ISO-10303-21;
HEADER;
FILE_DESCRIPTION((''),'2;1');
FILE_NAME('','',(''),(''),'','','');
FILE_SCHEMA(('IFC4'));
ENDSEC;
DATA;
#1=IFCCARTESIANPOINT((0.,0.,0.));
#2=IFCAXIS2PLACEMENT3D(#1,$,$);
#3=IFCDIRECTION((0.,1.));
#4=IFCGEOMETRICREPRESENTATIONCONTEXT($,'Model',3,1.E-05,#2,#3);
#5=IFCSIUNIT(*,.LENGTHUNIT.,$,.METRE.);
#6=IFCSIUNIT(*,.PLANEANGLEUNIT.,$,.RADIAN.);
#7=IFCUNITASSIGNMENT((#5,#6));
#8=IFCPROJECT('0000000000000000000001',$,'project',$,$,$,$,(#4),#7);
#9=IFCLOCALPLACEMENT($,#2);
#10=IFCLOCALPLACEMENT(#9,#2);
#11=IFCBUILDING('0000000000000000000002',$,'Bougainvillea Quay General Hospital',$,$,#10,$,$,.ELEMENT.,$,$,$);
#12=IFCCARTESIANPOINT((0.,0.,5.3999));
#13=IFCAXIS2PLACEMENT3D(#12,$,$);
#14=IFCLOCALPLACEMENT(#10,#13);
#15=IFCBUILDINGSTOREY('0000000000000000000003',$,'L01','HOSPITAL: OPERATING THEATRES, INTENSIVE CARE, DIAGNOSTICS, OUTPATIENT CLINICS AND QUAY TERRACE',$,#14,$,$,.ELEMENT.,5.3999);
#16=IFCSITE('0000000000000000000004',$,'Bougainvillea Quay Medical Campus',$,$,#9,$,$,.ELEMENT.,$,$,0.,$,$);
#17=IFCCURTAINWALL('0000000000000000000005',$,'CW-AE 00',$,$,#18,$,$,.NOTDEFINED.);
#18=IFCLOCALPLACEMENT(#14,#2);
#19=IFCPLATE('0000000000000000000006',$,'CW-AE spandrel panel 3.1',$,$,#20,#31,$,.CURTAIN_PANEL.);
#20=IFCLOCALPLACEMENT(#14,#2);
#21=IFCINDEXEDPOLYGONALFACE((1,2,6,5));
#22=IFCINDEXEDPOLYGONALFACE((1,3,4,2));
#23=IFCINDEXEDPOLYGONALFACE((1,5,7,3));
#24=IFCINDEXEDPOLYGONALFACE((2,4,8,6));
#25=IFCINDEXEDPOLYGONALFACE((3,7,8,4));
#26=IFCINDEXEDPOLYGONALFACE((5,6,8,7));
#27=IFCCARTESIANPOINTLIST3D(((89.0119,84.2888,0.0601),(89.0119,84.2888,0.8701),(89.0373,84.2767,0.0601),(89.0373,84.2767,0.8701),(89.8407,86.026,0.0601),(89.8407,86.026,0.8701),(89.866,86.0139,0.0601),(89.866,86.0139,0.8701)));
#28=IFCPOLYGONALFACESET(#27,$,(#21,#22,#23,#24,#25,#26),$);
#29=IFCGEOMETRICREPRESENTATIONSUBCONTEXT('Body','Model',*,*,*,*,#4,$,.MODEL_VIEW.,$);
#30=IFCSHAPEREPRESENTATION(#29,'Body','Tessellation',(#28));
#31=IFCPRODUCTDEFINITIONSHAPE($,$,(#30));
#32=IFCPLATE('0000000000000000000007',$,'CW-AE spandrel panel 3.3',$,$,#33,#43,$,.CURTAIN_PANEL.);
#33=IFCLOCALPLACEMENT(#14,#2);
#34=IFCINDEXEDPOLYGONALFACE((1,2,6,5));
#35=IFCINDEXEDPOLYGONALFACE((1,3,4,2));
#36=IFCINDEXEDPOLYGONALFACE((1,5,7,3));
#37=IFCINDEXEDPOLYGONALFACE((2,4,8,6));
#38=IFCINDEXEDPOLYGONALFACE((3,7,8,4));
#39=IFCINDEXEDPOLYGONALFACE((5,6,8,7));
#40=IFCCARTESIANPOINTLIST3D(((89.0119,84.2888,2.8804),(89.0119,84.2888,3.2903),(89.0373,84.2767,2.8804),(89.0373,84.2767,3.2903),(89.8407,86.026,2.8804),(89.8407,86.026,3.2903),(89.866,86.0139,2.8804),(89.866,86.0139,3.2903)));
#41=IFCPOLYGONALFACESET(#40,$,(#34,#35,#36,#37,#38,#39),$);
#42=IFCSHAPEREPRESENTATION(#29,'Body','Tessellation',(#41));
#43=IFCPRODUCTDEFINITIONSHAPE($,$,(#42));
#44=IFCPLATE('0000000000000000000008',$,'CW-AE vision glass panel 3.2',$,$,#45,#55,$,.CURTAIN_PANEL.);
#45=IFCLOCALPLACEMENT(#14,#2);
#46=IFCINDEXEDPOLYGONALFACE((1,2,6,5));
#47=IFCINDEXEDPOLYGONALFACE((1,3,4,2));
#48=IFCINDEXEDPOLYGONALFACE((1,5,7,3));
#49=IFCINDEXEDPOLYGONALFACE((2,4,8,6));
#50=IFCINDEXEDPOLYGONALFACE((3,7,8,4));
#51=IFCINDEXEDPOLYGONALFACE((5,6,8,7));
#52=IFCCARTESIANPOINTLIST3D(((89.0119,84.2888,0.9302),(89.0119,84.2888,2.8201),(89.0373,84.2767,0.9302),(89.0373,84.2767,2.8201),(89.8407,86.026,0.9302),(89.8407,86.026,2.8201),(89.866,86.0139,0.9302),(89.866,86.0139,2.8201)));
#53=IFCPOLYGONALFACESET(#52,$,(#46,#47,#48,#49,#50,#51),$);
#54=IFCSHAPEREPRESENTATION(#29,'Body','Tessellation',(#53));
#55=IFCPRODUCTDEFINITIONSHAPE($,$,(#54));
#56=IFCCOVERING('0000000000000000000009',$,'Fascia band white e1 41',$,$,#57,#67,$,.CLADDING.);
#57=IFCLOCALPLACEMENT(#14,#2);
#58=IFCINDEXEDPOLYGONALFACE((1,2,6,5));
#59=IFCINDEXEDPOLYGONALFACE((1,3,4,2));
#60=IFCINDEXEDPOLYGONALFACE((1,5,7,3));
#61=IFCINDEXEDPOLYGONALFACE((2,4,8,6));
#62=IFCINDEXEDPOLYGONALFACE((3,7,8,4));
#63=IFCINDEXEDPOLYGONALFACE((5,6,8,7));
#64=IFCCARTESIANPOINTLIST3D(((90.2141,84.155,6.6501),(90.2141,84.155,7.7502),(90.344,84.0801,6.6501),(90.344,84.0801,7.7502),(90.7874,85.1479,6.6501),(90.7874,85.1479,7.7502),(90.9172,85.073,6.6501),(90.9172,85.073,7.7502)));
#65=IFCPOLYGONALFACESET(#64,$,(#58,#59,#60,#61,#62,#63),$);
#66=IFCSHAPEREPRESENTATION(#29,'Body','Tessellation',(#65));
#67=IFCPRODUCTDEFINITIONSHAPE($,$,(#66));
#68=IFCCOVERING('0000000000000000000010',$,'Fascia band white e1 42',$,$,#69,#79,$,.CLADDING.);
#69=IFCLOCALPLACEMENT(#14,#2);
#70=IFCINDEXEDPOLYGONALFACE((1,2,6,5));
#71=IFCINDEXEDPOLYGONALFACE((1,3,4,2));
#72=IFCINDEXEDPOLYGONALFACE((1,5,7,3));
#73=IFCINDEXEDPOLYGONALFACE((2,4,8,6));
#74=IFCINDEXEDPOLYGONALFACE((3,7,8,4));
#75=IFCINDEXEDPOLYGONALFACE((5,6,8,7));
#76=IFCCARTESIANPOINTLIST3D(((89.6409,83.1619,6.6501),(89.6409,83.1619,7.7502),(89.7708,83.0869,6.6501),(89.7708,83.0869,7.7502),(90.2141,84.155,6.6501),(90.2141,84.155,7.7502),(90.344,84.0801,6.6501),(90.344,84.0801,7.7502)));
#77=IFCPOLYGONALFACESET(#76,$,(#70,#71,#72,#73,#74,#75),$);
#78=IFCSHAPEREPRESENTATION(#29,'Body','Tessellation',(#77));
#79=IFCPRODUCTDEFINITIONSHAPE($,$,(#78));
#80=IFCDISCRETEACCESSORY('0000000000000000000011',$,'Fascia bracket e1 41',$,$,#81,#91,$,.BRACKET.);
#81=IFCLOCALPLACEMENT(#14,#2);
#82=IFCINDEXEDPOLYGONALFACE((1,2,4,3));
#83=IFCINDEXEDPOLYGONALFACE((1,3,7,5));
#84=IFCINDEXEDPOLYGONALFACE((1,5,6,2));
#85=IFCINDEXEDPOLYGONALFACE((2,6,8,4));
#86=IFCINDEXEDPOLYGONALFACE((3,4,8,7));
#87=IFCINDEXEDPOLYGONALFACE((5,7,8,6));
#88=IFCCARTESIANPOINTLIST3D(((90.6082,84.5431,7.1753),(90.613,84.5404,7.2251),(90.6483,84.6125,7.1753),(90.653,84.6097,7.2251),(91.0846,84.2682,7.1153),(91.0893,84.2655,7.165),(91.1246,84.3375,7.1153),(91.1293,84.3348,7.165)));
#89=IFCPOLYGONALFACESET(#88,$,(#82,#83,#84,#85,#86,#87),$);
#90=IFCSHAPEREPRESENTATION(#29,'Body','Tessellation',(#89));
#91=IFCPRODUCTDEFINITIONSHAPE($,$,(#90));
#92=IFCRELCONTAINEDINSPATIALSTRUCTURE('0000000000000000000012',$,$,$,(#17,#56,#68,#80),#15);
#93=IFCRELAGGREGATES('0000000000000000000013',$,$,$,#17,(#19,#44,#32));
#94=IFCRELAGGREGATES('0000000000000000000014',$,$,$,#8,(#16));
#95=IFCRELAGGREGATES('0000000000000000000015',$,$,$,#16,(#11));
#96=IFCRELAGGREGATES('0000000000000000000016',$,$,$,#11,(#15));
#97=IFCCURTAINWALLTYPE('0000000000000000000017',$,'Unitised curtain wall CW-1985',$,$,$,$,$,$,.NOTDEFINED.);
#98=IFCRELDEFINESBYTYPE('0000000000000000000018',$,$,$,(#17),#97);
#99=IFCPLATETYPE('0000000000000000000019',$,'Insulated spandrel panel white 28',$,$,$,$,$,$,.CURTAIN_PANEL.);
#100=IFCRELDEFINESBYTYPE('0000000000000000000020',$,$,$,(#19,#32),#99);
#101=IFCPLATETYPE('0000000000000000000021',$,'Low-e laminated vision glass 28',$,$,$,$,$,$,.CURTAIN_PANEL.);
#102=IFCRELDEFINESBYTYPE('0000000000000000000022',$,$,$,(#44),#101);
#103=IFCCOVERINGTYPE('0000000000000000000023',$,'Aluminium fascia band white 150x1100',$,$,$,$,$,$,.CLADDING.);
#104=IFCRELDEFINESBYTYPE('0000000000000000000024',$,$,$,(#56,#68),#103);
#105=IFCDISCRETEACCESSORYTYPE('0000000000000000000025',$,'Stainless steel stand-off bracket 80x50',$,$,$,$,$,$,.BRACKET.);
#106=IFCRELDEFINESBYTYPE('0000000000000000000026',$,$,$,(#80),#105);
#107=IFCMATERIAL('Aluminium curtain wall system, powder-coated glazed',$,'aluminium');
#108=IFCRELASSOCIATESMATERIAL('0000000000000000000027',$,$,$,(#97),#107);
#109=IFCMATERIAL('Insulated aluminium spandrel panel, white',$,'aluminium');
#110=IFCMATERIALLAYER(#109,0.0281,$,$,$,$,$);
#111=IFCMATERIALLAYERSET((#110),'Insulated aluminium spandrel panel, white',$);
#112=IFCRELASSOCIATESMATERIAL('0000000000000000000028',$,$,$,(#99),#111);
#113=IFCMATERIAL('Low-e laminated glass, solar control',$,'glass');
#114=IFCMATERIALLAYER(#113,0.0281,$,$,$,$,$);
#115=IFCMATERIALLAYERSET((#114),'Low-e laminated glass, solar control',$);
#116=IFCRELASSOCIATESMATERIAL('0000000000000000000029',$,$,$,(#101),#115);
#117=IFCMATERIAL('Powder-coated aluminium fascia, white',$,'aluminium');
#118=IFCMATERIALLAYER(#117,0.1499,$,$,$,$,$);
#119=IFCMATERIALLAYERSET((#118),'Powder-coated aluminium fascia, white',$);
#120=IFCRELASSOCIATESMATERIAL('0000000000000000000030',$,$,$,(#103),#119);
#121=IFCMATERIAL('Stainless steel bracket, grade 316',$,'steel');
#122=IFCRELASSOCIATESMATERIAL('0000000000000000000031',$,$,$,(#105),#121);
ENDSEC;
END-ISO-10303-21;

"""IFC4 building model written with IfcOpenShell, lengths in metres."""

from ifc_helpers import new_model, si_unit, direction, frame, origin, origin_2d, place, context, subcontext, project, spatial, polyline, rectangle, outline, extrude, material, layer, layer_set, material_profile, profile_set, type_object, element, aggregate, save


model = new_model("IFC4")

# Units and contexts
model_context = context("Model", 3, precision=1e-05, world=origin(), true_north=direction((0.0, 1.0)))
body_context = subcontext(model_context, "Body", "Model", "MODEL_VIEW")
ifc_project = project(units=[si_unit("LENGTHUNIT", "METRE"), si_unit("PLANEANGLEUNIT", "RADIAN")], contexts=[model_context])

# Site, building, storey
site_placement = place(None, origin())
site = spatial("IfcSite", under=ifc_project, at=site_placement, Name="Bougainvillea Quay Medical Campus", CompositionType="ELEMENT", RefElevation=0.0)
building_placement = place(site_placement, origin())
building = spatial("IfcBuilding", under=site, at=building_placement, Name="Bougainvillea Quay General Hospital", CompositionType="ELEMENT")
storey_placement = place(building_placement, frame((0.0, 0.0, 5.3999)))
storey = spatial("IfcBuildingStorey", under=building, at=storey_placement, Name="L01", Description="HOSPITAL: OPERATING THEATRES, INTENSIVE CARE, DIAGNOSTICS, OUTPATIENT CLINICS AND QUAY TERRACE", CompositionType="ELEMENT", Elevation=5.3999)

# Curtain wall
ifc_material_1 = material(Name="Aluminium curtain wall system, powder-coated glazed", Category="aluminium")
curtain_wall_type_1 = type_object("IfcCurtainWallType", Name="Unitised curtain wall CW-1985", PredefinedType="NOTDEFINED", material=ifc_material_1)
curtain_wall_1_placement = place(storey_placement, origin())
curtain_wall_1 = element("IfcCurtainWall", 1, at=curtain_wall_1_placement, inside=storey, type_object=curtain_wall_type_1, Name="CW-AE 00", PredefinedType="NOTDEFINED")

# Plates
ifc_material_2 = material(Name="Insulated aluminium spandrel panel, white", Category="aluminium")
ifc_layer_1 = layer(ifc_material_2, 0.0281)
ifc_layer_set_1 = layer_set([ifc_layer_1], Name="Insulated aluminium spandrel panel, white")
plate_type_1 = type_object("IfcPlateType", Name="Insulated spandrel panel white 28", PredefinedType="CURTAIN_PANEL", material=ifc_layer_set_1)
plate_1_placement = place(storey_placement, frame((89.439, 85.1514, 0.0601), z_axis=(0.0, 0.0, 1.0), x_axis=(0.430563, 0.902561, 0.0)))
plate_1 = element("IfcPlate", 2, at=plate_1_placement, type_object=plate_type_1, Name="CW-AE spandrel panel 3.1", PredefinedType="CURTAIN_PANEL", context=body_context, shape_type="SweptSolid", body=[
    extrude(rectangle(XDim=1.9248, YDim=0.0281, at=origin_2d()), origin(), (0.0, 0.0, 1.0), 0.8101),
])
plate_2_placement = place(storey_placement, frame((89.439, 85.1514, 2.8804), z_axis=(0.0, 0.0, 1.0), x_axis=(0.430563, 0.902561, 0.0)))
plate_2 = element("IfcPlate", 3, at=plate_2_placement, type_object=plate_type_1, Name="CW-AE spandrel panel 3.3", PredefinedType="CURTAIN_PANEL", context=body_context, shape_type="SweptSolid", body=[
    extrude(rectangle(XDim=1.9248, YDim=0.0281, at=origin_2d()), origin(), (0.0, 0.0, 1.0), 0.4099),
])
ifc_material_3 = material(Name="Low-e laminated glass, solar control", Category="glass")
ifc_layer_2 = layer(ifc_material_3, 0.0281)
ifc_layer_set_2 = layer_set([ifc_layer_2], Name="Low-e laminated glass, solar control")
plate_type_2 = type_object("IfcPlateType", Name="Low-e laminated vision glass 28", PredefinedType="CURTAIN_PANEL", material=ifc_layer_set_2)
plate_3_placement = place(storey_placement, frame((89.439, 85.1514, 0.9302), z_axis=(0.0, 0.0, 1.0), x_axis=(0.430563, 0.902561, 0.0)))
plate_3 = element("IfcPlate", 4, at=plate_3_placement, type_object=plate_type_2, Name="CW-AE vision glass panel 3.2", PredefinedType="CURTAIN_PANEL", context=body_context, shape_type="SweptSolid", body=[
    extrude(rectangle(XDim=1.9248, YDim=0.0281, at=origin_2d()), origin(), (0.0, 0.0, 1.0), 1.8899),
])
aggregate(curtain_wall_1, [plate_1, plate_3, plate_2])

# Coverings
ifc_material_4 = material(Name="Powder-coated aluminium fascia, white", Category="aluminium")
ifc_layer_3 = layer(ifc_material_4, 0.1499)
ifc_layer_set_3 = layer_set([ifc_layer_3], Name="Powder-coated aluminium fascia, white")
covering_type = type_object("IfcCoveringType", Name="Aluminium fascia band white 150x1100", PredefinedType="CLADDING", material=ifc_layer_set_3)
covering_1_placement = place(storey_placement, frame((90.9172, 85.073, 6.6501), z_axis=(0.0, 0.0, 1.0), x_axis=(-0.499987, -0.866033, 0.0)))
element("IfcCovering", 5, at=covering_1_placement, inside=storey, type_object=covering_type, Name="Fascia band white e1 41", PredefinedType="CLADDING", context=body_context, shape_type="SweptSolid", body=[
    extrude(outline(polyline([(0.0, 0.0), (1.1465, 0.0), (1.1465, -0.15), (0.0, -0.15), (0.0, 0.0)])), origin(), (0.0, 0.0, 1.0), 1.1001),
])
covering_2_placement = place(storey_placement, frame((90.344, 84.0801, 6.6501), z_axis=(0.0, 0.0, 1.0), x_axis=(-0.499894, -0.866086, 0.0)))
element("IfcCovering", 6, at=covering_2_placement, inside=storey, type_object=covering_type, Name="Fascia band white e1 42", PredefinedType="CLADDING", context=body_context, shape_type="SweptSolid", body=[
    extrude(outline(polyline([(0.0, 0.0), (1.1467, 0.0), (1.1467, -0.15), (0.0, -0.15), (0.0, 0.0)])), origin(), (0.0, 0.0, 1.0), 1.1001),
])

# Discrete accessory
ifc_material_5 = material(Name="Stainless steel bracket, grade 316", Category="steel")
ifc_material_profile_1 = material_profile(ifc_material_5, rectangle(XDim=0.0801, YDim=0.05, at=origin_2d()))
ifc_profile_set_1 = profile_set([ifc_material_profile_1], Name="Stainless steel bracket, grade 316")
discrete_accessory_type = type_object("IfcDiscreteAccessoryType", Name="Stainless steel stand-off bracket 80x50", PredefinedType="BRACKET", material=ifc_profile_set_1)
discrete_accessory_placement = place(storey_placement, frame((91.1069, 84.3015, 7.1401), z_axis=(-0.860985, 0.496909, 0.108561), x_axis=(-0.499863, -0.866104, 0.0)))
element("IfcDiscreteAccessory", 7, at=discrete_accessory_placement, inside=storey, type_object=discrete_accessory_type, Name="Fascia bracket e1 41", PredefinedType="BRACKET", context=body_context, shape_type="SweptSolid", body=[
    extrude(rectangle(XDim=0.0801, YDim=0.05, at=origin_2d()), origin(), (0.0, 0.0, 1.0), 0.5532),
])

save(model, "model.ifc")
